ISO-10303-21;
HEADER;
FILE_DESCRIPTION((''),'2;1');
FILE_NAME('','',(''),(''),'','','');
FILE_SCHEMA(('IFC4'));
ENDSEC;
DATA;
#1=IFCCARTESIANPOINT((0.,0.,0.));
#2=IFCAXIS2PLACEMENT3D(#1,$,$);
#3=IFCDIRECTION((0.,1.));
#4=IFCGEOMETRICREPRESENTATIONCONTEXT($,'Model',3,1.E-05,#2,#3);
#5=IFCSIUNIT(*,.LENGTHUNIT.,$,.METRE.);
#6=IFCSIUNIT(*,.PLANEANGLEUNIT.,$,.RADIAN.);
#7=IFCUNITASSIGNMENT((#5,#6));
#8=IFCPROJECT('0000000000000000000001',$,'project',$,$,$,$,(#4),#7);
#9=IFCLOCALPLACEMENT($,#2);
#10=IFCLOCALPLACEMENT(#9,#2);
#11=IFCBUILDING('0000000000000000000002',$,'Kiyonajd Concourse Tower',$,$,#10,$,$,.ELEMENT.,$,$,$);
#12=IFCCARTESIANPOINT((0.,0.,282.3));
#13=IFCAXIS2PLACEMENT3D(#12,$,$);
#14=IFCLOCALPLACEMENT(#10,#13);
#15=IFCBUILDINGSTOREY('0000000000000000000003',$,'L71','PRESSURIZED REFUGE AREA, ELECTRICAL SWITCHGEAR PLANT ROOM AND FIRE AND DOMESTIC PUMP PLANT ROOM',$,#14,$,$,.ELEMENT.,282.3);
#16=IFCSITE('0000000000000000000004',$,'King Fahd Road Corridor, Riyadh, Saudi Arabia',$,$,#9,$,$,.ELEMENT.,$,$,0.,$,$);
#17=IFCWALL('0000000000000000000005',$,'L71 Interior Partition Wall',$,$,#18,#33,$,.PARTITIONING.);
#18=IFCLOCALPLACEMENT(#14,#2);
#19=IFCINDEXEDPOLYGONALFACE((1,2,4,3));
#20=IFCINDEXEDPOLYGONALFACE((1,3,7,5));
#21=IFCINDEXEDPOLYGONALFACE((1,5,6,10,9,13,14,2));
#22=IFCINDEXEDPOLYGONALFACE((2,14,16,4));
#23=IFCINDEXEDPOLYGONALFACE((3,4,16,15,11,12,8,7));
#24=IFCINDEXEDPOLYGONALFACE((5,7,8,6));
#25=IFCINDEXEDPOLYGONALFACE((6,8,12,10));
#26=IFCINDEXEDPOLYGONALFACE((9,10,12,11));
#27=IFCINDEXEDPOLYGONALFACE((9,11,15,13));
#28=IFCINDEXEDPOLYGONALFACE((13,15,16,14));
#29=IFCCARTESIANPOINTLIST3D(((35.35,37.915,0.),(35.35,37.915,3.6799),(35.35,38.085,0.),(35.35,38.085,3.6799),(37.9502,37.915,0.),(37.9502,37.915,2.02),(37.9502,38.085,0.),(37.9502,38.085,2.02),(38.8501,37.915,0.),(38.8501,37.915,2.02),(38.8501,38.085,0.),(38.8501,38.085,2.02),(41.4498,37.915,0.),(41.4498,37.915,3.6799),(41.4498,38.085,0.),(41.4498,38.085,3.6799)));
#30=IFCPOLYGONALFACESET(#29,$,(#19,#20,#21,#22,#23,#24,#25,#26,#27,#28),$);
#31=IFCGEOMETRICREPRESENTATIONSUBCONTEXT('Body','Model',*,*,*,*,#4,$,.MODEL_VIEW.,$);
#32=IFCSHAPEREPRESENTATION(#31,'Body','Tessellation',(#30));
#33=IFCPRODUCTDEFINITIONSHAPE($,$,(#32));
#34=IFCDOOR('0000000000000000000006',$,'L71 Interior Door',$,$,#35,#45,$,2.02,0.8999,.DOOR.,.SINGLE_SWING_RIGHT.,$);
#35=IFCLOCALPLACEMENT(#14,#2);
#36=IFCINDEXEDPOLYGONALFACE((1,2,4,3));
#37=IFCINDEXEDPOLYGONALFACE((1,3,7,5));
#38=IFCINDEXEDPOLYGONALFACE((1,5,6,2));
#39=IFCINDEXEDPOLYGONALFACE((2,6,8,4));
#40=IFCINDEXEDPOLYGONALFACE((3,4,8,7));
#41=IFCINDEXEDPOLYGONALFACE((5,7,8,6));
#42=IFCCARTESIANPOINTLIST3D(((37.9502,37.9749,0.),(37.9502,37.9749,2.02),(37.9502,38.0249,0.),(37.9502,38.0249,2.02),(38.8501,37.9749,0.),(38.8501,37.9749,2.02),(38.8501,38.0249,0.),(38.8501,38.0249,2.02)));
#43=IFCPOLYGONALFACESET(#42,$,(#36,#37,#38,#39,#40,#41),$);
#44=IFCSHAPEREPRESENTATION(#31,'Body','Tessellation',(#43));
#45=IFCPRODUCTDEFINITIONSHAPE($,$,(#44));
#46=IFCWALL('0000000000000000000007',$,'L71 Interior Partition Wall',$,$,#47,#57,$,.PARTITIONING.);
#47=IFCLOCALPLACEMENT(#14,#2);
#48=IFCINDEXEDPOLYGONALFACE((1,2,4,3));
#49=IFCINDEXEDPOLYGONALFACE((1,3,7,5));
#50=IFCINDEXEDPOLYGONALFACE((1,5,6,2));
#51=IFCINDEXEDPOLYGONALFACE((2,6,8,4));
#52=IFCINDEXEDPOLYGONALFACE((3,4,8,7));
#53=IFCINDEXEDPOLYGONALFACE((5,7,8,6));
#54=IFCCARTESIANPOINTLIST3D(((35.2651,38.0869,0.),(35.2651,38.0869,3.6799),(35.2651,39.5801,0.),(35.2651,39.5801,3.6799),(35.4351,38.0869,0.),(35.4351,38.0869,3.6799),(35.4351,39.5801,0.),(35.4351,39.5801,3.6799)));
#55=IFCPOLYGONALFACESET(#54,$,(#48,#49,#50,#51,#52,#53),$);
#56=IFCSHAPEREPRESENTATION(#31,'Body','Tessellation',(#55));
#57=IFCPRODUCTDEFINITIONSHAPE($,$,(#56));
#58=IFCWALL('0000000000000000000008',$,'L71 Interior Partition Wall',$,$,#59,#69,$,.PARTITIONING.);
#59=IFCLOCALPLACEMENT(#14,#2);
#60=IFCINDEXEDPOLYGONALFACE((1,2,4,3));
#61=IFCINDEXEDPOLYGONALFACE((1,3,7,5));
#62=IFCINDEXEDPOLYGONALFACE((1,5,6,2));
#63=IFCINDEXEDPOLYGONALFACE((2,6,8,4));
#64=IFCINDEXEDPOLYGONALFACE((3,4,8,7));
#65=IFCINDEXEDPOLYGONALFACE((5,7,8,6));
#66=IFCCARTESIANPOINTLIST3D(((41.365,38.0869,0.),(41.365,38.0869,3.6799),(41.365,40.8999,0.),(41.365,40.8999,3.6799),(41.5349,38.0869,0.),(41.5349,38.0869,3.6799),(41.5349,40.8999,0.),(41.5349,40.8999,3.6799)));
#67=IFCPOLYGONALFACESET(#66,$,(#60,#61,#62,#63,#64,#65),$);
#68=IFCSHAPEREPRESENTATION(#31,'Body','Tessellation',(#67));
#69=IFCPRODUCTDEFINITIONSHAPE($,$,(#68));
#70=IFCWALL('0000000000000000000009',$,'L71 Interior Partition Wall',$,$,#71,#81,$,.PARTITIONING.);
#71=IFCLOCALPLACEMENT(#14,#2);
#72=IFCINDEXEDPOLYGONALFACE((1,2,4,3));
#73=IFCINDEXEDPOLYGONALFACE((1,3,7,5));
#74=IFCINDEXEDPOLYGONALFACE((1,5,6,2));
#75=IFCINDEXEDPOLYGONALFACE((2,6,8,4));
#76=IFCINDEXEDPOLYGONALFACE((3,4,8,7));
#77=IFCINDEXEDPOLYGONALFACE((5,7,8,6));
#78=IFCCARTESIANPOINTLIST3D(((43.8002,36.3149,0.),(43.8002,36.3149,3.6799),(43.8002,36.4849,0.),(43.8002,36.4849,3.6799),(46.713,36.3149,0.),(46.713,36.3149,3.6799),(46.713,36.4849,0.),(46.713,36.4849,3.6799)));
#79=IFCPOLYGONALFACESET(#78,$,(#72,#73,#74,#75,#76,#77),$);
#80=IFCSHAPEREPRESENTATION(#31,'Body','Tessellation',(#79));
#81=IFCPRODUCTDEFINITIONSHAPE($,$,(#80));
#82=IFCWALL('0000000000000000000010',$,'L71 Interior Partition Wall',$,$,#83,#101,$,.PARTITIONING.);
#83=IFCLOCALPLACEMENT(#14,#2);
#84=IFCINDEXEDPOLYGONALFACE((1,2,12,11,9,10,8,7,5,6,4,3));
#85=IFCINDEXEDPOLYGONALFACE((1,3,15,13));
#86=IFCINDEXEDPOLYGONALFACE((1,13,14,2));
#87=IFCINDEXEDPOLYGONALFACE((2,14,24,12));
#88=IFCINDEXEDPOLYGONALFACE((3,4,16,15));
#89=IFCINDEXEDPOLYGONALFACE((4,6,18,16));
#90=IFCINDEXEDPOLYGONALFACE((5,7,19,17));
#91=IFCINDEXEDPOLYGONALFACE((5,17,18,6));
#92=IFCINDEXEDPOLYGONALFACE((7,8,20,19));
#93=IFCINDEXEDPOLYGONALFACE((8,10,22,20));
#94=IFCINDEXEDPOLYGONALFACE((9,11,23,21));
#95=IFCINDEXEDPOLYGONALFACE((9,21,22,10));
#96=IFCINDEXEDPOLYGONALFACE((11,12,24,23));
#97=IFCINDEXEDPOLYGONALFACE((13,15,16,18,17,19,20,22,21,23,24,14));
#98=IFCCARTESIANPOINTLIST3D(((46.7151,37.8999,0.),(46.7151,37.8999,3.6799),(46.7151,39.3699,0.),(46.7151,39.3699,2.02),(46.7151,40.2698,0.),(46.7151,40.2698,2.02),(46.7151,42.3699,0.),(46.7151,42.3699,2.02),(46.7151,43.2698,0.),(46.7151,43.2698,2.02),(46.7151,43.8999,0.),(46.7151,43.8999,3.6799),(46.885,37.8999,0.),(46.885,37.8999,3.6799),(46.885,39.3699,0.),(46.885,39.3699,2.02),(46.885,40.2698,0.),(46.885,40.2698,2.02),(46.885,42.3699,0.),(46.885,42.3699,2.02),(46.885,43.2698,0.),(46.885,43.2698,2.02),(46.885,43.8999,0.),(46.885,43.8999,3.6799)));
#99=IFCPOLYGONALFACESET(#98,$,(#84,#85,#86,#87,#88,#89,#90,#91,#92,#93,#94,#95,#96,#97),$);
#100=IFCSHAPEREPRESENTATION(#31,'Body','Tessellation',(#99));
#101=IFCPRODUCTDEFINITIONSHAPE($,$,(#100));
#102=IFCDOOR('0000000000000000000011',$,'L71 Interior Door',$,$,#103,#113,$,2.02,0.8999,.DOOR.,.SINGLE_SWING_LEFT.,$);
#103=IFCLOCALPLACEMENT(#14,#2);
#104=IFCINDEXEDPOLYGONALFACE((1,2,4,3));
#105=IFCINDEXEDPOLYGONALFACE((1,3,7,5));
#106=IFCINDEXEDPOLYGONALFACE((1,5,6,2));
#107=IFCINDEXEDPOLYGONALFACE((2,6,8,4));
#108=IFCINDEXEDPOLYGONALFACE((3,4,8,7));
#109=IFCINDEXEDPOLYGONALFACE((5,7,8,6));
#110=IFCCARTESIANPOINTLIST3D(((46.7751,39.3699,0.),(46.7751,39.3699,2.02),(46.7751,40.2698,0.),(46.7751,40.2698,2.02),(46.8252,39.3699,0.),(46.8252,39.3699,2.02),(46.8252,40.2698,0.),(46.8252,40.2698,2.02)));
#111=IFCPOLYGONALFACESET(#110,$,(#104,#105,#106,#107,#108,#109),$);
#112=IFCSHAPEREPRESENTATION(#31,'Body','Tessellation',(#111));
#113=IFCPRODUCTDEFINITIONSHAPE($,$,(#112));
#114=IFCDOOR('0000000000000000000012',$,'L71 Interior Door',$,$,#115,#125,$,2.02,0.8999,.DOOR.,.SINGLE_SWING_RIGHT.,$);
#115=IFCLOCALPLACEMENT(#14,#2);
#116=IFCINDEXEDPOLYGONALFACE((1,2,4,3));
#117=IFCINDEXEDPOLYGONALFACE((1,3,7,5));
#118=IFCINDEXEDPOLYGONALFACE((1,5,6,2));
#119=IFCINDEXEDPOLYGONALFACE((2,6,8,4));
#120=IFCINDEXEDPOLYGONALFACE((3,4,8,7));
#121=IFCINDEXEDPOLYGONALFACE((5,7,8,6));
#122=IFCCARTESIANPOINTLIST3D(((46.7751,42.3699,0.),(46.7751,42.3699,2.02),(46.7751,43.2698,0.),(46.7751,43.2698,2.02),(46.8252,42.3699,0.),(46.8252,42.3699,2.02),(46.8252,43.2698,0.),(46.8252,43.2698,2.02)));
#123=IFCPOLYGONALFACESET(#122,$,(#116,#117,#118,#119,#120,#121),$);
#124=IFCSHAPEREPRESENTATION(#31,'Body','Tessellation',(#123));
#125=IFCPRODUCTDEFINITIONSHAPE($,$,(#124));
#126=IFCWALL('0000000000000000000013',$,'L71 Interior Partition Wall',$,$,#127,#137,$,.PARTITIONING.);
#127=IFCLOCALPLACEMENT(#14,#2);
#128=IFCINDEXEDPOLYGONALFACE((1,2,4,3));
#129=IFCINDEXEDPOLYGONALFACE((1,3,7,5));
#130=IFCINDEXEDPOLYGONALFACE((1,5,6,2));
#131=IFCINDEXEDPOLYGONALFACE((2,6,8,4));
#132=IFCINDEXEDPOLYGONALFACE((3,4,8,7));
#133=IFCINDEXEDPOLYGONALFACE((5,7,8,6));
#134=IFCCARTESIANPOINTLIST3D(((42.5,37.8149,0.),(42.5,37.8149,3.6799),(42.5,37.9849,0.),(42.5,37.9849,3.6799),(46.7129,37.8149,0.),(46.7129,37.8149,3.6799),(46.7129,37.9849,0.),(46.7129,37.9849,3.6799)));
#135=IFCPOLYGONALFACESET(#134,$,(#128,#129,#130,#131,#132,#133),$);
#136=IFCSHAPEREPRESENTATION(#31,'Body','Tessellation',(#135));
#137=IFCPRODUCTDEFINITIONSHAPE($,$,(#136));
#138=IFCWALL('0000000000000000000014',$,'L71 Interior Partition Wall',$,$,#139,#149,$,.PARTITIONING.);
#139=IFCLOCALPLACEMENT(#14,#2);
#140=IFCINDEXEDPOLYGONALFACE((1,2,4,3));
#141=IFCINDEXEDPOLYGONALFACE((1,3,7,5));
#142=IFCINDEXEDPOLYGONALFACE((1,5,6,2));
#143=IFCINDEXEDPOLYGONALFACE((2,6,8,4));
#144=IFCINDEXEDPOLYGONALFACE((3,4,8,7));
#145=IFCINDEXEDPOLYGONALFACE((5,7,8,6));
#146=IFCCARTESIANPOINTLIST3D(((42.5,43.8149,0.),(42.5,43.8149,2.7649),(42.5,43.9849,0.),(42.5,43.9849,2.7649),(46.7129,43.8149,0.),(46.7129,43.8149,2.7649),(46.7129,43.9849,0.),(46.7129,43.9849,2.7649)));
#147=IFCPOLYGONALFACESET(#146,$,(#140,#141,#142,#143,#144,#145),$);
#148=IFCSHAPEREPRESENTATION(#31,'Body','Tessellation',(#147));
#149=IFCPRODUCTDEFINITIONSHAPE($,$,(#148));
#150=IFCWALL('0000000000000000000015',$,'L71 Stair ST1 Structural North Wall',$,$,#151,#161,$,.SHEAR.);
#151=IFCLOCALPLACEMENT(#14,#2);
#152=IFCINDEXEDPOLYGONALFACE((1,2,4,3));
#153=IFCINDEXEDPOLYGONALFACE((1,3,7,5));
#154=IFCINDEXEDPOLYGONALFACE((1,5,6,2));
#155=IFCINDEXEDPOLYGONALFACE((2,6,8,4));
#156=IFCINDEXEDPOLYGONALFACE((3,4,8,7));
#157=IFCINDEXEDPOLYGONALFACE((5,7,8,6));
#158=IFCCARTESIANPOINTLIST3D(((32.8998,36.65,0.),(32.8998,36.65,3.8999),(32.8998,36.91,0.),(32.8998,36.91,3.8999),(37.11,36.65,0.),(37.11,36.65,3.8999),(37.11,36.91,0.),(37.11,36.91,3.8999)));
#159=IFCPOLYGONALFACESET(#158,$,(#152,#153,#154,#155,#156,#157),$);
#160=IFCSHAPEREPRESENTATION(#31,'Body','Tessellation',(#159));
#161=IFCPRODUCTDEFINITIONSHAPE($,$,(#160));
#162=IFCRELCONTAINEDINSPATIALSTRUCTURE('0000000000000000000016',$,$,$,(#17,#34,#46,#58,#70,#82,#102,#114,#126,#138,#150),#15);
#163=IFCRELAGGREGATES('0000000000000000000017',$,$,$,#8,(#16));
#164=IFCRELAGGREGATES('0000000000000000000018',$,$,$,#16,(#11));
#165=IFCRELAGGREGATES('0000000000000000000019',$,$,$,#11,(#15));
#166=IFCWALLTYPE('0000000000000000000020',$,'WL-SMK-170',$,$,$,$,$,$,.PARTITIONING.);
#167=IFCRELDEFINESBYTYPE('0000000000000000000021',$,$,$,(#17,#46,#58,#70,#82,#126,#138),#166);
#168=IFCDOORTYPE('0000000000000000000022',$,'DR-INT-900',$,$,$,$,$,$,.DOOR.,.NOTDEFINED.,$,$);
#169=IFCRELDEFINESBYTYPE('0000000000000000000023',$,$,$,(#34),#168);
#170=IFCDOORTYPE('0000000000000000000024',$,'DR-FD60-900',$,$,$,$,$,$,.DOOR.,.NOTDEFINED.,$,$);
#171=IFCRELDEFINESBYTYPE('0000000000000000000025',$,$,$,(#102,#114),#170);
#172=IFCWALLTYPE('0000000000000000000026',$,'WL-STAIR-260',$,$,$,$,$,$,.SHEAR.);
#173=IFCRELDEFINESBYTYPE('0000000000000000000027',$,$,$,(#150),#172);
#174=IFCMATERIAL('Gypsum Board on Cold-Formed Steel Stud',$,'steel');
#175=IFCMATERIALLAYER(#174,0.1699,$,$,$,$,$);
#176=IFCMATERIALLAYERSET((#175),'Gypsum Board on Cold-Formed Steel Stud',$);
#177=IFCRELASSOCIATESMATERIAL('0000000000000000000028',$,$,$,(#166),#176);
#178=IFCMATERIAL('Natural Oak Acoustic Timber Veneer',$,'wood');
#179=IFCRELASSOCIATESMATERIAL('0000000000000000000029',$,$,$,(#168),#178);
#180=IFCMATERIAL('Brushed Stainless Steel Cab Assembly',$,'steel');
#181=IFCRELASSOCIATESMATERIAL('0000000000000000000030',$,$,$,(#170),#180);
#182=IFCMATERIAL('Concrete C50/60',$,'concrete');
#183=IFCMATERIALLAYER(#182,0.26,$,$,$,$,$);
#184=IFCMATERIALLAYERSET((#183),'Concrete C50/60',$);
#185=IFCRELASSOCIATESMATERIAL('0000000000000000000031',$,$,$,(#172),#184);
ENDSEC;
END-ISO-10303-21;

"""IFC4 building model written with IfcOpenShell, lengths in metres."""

from ifc_helpers import new_model, si_unit, direction, frame, frame_2d, origin, place, context, subcontext, project, spatial, rectangle, extrude, material, layer, layer_set, type_object, element, fill, save


model = new_model("IFC4")

# Units and contexts
model_context = context("Model", 3, precision=1e-05, world=origin(), true_north=direction((0.0, 1.0)))
body_context = subcontext(model_context, "Body", "Model", "MODEL_VIEW")
ifc_project = project(units=[si_unit("LENGTHUNIT", "METRE"), si_unit("PLANEANGLEUNIT", "RADIAN")], contexts=[model_context])

# Site, building, storey
site_placement = place(None, origin())
site = spatial("IfcSite", under=ifc_project, at=site_placement, Name="King Fahd Road Corridor, Riyadh, Saudi Arabia", CompositionType="ELEMENT", RefElevation=0.0)
building_placement = place(site_placement, origin())
building = spatial("IfcBuilding", under=site, at=building_placement, Name="Kiyonajd Concourse Tower", CompositionType="ELEMENT")
storey_placement = place(building_placement, frame((0.0, 0.0, 282.3)))
storey = spatial("IfcBuildingStorey", under=building, at=storey_placement, Name="L71", Description="PRESSURIZED REFUGE AREA, ELECTRICAL SWITCHGEAR PLANT ROOM AND FIRE AND DOMESTIC PUMP PLANT ROOM", CompositionType="ELEMENT", Elevation=282.3)

# Shared definitions
ifc_material_1 = material(Name="Gypsum Board on Cold-Formed Steel Stud", Category="steel")

# Wall, opening, door
ifc_material_2 = material(Name="Brushed Stainless Steel Cab Assembly", Category="steel")
ifc_layer_1 = layer(ifc_material_1, 0.1699)
ifc_layer_set_1 = layer_set([ifc_layer_1], Name="Gypsum Board on Cold-Formed Steel Stud")
wall_type_1 = type_object("IfcWallType", Name="WL-SMK-170", PredefinedType="PARTITIONING", material=ifc_layer_set_1)
wall_1_placement = place(storey_placement, frame((35.3501, 38.0, 0.0), z_axis=(0.0, 0.0, 1.0), x_axis=(1.0, 0.0, 0.0)))
wall_1 = element("IfcWall", 1, at=wall_1_placement, inside=storey, type_object=wall_type_1, Name="L71 Interior Partition Wall", PredefinedType="PARTITIONING", context=body_context, shape_type="SweptSolid", body=[
    extrude(rectangle(XDim=6.0999, YDim=0.1699, at=frame_2d((3.0498, 0.0))), origin(), (0.0, 0.0, 1.0), 3.6799),
])
opening_1_placement = place(wall_1_placement, frame((2.6001, 0.0, 0.0)))
opening_1 = element("IfcOpeningElement", 2, at=opening_1_placement, cuts=wall_1, PredefinedType="OPENING", context=body_context, shape_type="SweptSolid", body=[
    extrude(rectangle(XDim=0.8999, YDim=2.02, at=frame_2d((0.45, 1.01))), frame((0.0, 0.095, 0.0), z_axis=(0.0, -1.0, 0.0), x_axis=(1.0, 0.0, 0.0)), (0.0, 0.0, 1.0), 0.1899),
])
ifc_material_3 = material(Name="Natural Oak Acoustic Timber Veneer", Category="wood")
door_type_1 = type_object("IfcDoorType", Name="DR-INT-900", OperationType="NOTDEFINED", PredefinedType="DOOR", material=ifc_material_3)
door_1_placement = place(opening_1_placement, origin())
door_1 = element("IfcDoor", 3, at=door_1_placement, inside=storey, type_object=door_type_1, Name="L71 Interior Door", OperationType="SINGLE_SWING_RIGHT", OverallHeight=2.02, OverallWidth=0.8999, PredefinedType="DOOR", context=body_context, shape_type="SweptSolid", body=[
    extrude(rectangle(XDim=0.8999, YDim=2.02, at=frame_2d((0.45, 1.01))), frame((0.0, 0.0249, 0.0), z_axis=(0.0, -1.0, 0.0), x_axis=(1.0, 0.0, 0.0)), (0.0, 0.0, 1.0), 0.05),
])
fill(opening_1, door_1)

# Walls
wall_2_placement = place(storey_placement, frame((35.3501, 38.0869, 0.0), z_axis=(0.0, 0.0, 1.0), x_axis=(0.0, 1.0, 0.0)))
element("IfcWall", 4, at=wall_2_placement, inside=storey, type_object=wall_type_1, Name="L71 Interior Partition Wall", PredefinedType="PARTITIONING", context=body_context, shape_type="SweptSolid", body=[
    extrude(rectangle(XDim=1.4932, YDim=0.1699, at=frame_2d((0.7466, 0.0))), origin(), (0.0, 0.0, 1.0), 3.6799),
])
wall_3_placement = place(storey_placement, frame((41.45, 38.0869, 0.0), z_axis=(0.0, 0.0, 1.0), x_axis=(0.0, 1.0, 0.0)))
element("IfcWall", 5, at=wall_3_placement, inside=storey, type_object=wall_type_1, Name="L71 Interior Partition Wall", PredefinedType="PARTITIONING", context=body_context, shape_type="SweptSolid", body=[
    extrude(rectangle(XDim=2.813, YDim=0.1699, at=frame_2d((1.4065, 0.0))), origin(), (0.0, 0.0, 1.0), 3.6799),
])
wall_4_placement = place(storey_placement, frame((43.8, 36.3999, 0.0), z_axis=(0.0, 0.0, 1.0), x_axis=(1.0, 0.0, 0.0)))
element("IfcWall", 6, at=wall_4_placement, inside=storey, type_object=wall_type_1, Name="L71 Interior Partition Wall", PredefinedType="PARTITIONING", context=body_context, shape_type="SweptSolid", body=[
    extrude(rectangle(XDim=2.9128, YDim=0.1699, at=frame_2d((1.4565, 0.0))), origin(), (0.0, 0.0, 1.0), 3.6799),
])

# Wall, openings, doors
wall_5_placement = place(storey_placement, frame((46.8, 37.8999, 0.0), z_axis=(0.0, 0.0, 1.0), x_axis=(0.0, 1.0, 0.0)))
wall_5 = element("IfcWall", 7, at=wall_5_placement, inside=storey, type_object=wall_type_1, Name="L71 Interior Partition Wall", PredefinedType="PARTITIONING", context=body_context, shape_type="SweptSolid", body=[
    extrude(rectangle(XDim=6.0, YDim=0.1699, at=frame_2d((3.0, 0.0))), origin(), (0.0, 0.0, 1.0), 3.6799),
])
opening_2_placement = place(wall_5_placement, frame((1.47, 0.0, 0.0)))
opening_2 = element("IfcOpeningElement", 8, at=opening_2_placement, cuts=wall_5, PredefinedType="OPENING", context=body_context, shape_type="SweptSolid", body=[
    extrude(rectangle(XDim=0.8999, YDim=2.02, at=frame_2d((0.45, 1.01))), frame((0.0, 0.095, 0.0), z_axis=(0.0, -1.0, 0.0), x_axis=(1.0, 0.0, 0.0)), (0.0, 0.0, 1.0), 0.1899),
])
opening_3_placement = place(wall_5_placement, frame((4.47, 0.0, 0.0)))
opening_3 = element("IfcOpeningElement", 9, at=opening_3_placement, cuts=wall_5, PredefinedType="OPENING", context=body_context, shape_type="SweptSolid", body=[
    extrude(rectangle(XDim=0.8999, YDim=2.02, at=frame_2d((0.45, 1.01))), frame((0.0, 0.095, 0.0), z_axis=(0.0, -1.0, 0.0), x_axis=(1.0, 0.0, 0.0)), (0.0, 0.0, 1.0), 0.1899),
])
door_type_2 = type_object("IfcDoorType", Name="DR-FD60-900", OperationType="NOTDEFINED", PredefinedType="DOOR", material=ifc_material_2)
door_2_placement = place(opening_2_placement, origin())
door_2 = element("IfcDoor", 10, at=door_2_placement, inside=storey, type_object=door_type_2, Name="L71 Interior Door", OperationType="SINGLE_SWING_LEFT", OverallHeight=2.02, OverallWidth=0.8999, PredefinedType="DOOR", context=body_context, shape_type="SweptSolid", body=[
    extrude(rectangle(XDim=0.8999, YDim=2.02, at=frame_2d((0.45, 1.01))), frame((0.0, 0.0249, 0.0), z_axis=(0.0, -1.0, 0.0), x_axis=(1.0, 0.0, 0.0)), (0.0, 0.0, 1.0), 0.05),
])
fill(opening_2, door_2)
door_3_placement = place(opening_3_placement, origin())
door_3 = element("IfcDoor", 11, at=door_3_placement, inside=storey, type_object=door_type_2, Name="L71 Interior Door", OperationType="SINGLE_SWING_RIGHT", OverallHeight=2.02, OverallWidth=0.8999, PredefinedType="DOOR", context=body_context, shape_type="SweptSolid", body=[
    extrude(rectangle(XDim=0.8999, YDim=2.02, at=frame_2d((0.45, 1.01))), frame((0.0, 0.0249, 0.0), z_axis=(0.0, -1.0, 0.0), x_axis=(1.0, 0.0, 0.0)), (0.0, 0.0, 1.0), 0.05),
])
fill(opening_3, door_3)

# Walls
wall_6_placement = place(storey_placement, frame((42.5, 37.8999, 0.0), z_axis=(0.0, 0.0, 1.0), x_axis=(1.0, 0.0, 0.0)))
element("IfcWall", 12, at=wall_6_placement, inside=storey, type_object=wall_type_1, Name="L71 Interior Partition Wall", PredefinedType="PARTITIONING", context=body_context, shape_type="SweptSolid", body=[
    extrude(rectangle(XDim=4.2129, YDim=0.1699, at=frame_2d((2.1064, 0.0))), origin(), (0.0, 0.0, 1.0), 3.6799),
])
wall_7_placement = place(storey_placement, frame((42.5, 43.8999, 0.0), z_axis=(0.0, 0.0, 1.0), x_axis=(1.0, 0.0, 0.0)))
element("IfcWall", 13, at=wall_7_placement, inside=storey, type_object=wall_type_1, Name="L71 Interior Partition Wall", PredefinedType="PARTITIONING", context=body_context, shape_type="SweptSolid", body=[
    extrude(rectangle(XDim=4.2129, YDim=0.1699, at=frame_2d((2.1064, 0.0))), origin(), (0.0, 0.0, 1.0), 2.7649),
])
ifc_material_4 = material(Name="Concrete C50/60", Category="concrete")
ifc_layer_2 = layer(ifc_material_4, 0.26)
ifc_layer_set_2 = layer_set([ifc_layer_2], Name="Concrete C50/60")
wall_type_2 = type_object("IfcWallType", Name="WL-STAIR-260", PredefinedType="SHEAR", material=ifc_layer_set_2)
wall_8_placement = place(storey_placement, frame((32.8999, 36.78, 0.0), z_axis=(0.0, 0.0, 1.0), x_axis=(1.0, 0.0, 0.0)))
element("IfcWall", 14, at=wall_8_placement, inside=storey, type_object=wall_type_2, Name="L71 Stair ST1 Structural North Wall", PredefinedType="SHEAR", context=body_context, shape_type="SweptSolid", body=[
    extrude(rectangle(XDim=4.2102, YDim=0.26, at=frame_2d((2.105, 0.0))), origin(), (0.0, 0.0, 1.0), 3.8999),
])

save(model, "model.ifc")
